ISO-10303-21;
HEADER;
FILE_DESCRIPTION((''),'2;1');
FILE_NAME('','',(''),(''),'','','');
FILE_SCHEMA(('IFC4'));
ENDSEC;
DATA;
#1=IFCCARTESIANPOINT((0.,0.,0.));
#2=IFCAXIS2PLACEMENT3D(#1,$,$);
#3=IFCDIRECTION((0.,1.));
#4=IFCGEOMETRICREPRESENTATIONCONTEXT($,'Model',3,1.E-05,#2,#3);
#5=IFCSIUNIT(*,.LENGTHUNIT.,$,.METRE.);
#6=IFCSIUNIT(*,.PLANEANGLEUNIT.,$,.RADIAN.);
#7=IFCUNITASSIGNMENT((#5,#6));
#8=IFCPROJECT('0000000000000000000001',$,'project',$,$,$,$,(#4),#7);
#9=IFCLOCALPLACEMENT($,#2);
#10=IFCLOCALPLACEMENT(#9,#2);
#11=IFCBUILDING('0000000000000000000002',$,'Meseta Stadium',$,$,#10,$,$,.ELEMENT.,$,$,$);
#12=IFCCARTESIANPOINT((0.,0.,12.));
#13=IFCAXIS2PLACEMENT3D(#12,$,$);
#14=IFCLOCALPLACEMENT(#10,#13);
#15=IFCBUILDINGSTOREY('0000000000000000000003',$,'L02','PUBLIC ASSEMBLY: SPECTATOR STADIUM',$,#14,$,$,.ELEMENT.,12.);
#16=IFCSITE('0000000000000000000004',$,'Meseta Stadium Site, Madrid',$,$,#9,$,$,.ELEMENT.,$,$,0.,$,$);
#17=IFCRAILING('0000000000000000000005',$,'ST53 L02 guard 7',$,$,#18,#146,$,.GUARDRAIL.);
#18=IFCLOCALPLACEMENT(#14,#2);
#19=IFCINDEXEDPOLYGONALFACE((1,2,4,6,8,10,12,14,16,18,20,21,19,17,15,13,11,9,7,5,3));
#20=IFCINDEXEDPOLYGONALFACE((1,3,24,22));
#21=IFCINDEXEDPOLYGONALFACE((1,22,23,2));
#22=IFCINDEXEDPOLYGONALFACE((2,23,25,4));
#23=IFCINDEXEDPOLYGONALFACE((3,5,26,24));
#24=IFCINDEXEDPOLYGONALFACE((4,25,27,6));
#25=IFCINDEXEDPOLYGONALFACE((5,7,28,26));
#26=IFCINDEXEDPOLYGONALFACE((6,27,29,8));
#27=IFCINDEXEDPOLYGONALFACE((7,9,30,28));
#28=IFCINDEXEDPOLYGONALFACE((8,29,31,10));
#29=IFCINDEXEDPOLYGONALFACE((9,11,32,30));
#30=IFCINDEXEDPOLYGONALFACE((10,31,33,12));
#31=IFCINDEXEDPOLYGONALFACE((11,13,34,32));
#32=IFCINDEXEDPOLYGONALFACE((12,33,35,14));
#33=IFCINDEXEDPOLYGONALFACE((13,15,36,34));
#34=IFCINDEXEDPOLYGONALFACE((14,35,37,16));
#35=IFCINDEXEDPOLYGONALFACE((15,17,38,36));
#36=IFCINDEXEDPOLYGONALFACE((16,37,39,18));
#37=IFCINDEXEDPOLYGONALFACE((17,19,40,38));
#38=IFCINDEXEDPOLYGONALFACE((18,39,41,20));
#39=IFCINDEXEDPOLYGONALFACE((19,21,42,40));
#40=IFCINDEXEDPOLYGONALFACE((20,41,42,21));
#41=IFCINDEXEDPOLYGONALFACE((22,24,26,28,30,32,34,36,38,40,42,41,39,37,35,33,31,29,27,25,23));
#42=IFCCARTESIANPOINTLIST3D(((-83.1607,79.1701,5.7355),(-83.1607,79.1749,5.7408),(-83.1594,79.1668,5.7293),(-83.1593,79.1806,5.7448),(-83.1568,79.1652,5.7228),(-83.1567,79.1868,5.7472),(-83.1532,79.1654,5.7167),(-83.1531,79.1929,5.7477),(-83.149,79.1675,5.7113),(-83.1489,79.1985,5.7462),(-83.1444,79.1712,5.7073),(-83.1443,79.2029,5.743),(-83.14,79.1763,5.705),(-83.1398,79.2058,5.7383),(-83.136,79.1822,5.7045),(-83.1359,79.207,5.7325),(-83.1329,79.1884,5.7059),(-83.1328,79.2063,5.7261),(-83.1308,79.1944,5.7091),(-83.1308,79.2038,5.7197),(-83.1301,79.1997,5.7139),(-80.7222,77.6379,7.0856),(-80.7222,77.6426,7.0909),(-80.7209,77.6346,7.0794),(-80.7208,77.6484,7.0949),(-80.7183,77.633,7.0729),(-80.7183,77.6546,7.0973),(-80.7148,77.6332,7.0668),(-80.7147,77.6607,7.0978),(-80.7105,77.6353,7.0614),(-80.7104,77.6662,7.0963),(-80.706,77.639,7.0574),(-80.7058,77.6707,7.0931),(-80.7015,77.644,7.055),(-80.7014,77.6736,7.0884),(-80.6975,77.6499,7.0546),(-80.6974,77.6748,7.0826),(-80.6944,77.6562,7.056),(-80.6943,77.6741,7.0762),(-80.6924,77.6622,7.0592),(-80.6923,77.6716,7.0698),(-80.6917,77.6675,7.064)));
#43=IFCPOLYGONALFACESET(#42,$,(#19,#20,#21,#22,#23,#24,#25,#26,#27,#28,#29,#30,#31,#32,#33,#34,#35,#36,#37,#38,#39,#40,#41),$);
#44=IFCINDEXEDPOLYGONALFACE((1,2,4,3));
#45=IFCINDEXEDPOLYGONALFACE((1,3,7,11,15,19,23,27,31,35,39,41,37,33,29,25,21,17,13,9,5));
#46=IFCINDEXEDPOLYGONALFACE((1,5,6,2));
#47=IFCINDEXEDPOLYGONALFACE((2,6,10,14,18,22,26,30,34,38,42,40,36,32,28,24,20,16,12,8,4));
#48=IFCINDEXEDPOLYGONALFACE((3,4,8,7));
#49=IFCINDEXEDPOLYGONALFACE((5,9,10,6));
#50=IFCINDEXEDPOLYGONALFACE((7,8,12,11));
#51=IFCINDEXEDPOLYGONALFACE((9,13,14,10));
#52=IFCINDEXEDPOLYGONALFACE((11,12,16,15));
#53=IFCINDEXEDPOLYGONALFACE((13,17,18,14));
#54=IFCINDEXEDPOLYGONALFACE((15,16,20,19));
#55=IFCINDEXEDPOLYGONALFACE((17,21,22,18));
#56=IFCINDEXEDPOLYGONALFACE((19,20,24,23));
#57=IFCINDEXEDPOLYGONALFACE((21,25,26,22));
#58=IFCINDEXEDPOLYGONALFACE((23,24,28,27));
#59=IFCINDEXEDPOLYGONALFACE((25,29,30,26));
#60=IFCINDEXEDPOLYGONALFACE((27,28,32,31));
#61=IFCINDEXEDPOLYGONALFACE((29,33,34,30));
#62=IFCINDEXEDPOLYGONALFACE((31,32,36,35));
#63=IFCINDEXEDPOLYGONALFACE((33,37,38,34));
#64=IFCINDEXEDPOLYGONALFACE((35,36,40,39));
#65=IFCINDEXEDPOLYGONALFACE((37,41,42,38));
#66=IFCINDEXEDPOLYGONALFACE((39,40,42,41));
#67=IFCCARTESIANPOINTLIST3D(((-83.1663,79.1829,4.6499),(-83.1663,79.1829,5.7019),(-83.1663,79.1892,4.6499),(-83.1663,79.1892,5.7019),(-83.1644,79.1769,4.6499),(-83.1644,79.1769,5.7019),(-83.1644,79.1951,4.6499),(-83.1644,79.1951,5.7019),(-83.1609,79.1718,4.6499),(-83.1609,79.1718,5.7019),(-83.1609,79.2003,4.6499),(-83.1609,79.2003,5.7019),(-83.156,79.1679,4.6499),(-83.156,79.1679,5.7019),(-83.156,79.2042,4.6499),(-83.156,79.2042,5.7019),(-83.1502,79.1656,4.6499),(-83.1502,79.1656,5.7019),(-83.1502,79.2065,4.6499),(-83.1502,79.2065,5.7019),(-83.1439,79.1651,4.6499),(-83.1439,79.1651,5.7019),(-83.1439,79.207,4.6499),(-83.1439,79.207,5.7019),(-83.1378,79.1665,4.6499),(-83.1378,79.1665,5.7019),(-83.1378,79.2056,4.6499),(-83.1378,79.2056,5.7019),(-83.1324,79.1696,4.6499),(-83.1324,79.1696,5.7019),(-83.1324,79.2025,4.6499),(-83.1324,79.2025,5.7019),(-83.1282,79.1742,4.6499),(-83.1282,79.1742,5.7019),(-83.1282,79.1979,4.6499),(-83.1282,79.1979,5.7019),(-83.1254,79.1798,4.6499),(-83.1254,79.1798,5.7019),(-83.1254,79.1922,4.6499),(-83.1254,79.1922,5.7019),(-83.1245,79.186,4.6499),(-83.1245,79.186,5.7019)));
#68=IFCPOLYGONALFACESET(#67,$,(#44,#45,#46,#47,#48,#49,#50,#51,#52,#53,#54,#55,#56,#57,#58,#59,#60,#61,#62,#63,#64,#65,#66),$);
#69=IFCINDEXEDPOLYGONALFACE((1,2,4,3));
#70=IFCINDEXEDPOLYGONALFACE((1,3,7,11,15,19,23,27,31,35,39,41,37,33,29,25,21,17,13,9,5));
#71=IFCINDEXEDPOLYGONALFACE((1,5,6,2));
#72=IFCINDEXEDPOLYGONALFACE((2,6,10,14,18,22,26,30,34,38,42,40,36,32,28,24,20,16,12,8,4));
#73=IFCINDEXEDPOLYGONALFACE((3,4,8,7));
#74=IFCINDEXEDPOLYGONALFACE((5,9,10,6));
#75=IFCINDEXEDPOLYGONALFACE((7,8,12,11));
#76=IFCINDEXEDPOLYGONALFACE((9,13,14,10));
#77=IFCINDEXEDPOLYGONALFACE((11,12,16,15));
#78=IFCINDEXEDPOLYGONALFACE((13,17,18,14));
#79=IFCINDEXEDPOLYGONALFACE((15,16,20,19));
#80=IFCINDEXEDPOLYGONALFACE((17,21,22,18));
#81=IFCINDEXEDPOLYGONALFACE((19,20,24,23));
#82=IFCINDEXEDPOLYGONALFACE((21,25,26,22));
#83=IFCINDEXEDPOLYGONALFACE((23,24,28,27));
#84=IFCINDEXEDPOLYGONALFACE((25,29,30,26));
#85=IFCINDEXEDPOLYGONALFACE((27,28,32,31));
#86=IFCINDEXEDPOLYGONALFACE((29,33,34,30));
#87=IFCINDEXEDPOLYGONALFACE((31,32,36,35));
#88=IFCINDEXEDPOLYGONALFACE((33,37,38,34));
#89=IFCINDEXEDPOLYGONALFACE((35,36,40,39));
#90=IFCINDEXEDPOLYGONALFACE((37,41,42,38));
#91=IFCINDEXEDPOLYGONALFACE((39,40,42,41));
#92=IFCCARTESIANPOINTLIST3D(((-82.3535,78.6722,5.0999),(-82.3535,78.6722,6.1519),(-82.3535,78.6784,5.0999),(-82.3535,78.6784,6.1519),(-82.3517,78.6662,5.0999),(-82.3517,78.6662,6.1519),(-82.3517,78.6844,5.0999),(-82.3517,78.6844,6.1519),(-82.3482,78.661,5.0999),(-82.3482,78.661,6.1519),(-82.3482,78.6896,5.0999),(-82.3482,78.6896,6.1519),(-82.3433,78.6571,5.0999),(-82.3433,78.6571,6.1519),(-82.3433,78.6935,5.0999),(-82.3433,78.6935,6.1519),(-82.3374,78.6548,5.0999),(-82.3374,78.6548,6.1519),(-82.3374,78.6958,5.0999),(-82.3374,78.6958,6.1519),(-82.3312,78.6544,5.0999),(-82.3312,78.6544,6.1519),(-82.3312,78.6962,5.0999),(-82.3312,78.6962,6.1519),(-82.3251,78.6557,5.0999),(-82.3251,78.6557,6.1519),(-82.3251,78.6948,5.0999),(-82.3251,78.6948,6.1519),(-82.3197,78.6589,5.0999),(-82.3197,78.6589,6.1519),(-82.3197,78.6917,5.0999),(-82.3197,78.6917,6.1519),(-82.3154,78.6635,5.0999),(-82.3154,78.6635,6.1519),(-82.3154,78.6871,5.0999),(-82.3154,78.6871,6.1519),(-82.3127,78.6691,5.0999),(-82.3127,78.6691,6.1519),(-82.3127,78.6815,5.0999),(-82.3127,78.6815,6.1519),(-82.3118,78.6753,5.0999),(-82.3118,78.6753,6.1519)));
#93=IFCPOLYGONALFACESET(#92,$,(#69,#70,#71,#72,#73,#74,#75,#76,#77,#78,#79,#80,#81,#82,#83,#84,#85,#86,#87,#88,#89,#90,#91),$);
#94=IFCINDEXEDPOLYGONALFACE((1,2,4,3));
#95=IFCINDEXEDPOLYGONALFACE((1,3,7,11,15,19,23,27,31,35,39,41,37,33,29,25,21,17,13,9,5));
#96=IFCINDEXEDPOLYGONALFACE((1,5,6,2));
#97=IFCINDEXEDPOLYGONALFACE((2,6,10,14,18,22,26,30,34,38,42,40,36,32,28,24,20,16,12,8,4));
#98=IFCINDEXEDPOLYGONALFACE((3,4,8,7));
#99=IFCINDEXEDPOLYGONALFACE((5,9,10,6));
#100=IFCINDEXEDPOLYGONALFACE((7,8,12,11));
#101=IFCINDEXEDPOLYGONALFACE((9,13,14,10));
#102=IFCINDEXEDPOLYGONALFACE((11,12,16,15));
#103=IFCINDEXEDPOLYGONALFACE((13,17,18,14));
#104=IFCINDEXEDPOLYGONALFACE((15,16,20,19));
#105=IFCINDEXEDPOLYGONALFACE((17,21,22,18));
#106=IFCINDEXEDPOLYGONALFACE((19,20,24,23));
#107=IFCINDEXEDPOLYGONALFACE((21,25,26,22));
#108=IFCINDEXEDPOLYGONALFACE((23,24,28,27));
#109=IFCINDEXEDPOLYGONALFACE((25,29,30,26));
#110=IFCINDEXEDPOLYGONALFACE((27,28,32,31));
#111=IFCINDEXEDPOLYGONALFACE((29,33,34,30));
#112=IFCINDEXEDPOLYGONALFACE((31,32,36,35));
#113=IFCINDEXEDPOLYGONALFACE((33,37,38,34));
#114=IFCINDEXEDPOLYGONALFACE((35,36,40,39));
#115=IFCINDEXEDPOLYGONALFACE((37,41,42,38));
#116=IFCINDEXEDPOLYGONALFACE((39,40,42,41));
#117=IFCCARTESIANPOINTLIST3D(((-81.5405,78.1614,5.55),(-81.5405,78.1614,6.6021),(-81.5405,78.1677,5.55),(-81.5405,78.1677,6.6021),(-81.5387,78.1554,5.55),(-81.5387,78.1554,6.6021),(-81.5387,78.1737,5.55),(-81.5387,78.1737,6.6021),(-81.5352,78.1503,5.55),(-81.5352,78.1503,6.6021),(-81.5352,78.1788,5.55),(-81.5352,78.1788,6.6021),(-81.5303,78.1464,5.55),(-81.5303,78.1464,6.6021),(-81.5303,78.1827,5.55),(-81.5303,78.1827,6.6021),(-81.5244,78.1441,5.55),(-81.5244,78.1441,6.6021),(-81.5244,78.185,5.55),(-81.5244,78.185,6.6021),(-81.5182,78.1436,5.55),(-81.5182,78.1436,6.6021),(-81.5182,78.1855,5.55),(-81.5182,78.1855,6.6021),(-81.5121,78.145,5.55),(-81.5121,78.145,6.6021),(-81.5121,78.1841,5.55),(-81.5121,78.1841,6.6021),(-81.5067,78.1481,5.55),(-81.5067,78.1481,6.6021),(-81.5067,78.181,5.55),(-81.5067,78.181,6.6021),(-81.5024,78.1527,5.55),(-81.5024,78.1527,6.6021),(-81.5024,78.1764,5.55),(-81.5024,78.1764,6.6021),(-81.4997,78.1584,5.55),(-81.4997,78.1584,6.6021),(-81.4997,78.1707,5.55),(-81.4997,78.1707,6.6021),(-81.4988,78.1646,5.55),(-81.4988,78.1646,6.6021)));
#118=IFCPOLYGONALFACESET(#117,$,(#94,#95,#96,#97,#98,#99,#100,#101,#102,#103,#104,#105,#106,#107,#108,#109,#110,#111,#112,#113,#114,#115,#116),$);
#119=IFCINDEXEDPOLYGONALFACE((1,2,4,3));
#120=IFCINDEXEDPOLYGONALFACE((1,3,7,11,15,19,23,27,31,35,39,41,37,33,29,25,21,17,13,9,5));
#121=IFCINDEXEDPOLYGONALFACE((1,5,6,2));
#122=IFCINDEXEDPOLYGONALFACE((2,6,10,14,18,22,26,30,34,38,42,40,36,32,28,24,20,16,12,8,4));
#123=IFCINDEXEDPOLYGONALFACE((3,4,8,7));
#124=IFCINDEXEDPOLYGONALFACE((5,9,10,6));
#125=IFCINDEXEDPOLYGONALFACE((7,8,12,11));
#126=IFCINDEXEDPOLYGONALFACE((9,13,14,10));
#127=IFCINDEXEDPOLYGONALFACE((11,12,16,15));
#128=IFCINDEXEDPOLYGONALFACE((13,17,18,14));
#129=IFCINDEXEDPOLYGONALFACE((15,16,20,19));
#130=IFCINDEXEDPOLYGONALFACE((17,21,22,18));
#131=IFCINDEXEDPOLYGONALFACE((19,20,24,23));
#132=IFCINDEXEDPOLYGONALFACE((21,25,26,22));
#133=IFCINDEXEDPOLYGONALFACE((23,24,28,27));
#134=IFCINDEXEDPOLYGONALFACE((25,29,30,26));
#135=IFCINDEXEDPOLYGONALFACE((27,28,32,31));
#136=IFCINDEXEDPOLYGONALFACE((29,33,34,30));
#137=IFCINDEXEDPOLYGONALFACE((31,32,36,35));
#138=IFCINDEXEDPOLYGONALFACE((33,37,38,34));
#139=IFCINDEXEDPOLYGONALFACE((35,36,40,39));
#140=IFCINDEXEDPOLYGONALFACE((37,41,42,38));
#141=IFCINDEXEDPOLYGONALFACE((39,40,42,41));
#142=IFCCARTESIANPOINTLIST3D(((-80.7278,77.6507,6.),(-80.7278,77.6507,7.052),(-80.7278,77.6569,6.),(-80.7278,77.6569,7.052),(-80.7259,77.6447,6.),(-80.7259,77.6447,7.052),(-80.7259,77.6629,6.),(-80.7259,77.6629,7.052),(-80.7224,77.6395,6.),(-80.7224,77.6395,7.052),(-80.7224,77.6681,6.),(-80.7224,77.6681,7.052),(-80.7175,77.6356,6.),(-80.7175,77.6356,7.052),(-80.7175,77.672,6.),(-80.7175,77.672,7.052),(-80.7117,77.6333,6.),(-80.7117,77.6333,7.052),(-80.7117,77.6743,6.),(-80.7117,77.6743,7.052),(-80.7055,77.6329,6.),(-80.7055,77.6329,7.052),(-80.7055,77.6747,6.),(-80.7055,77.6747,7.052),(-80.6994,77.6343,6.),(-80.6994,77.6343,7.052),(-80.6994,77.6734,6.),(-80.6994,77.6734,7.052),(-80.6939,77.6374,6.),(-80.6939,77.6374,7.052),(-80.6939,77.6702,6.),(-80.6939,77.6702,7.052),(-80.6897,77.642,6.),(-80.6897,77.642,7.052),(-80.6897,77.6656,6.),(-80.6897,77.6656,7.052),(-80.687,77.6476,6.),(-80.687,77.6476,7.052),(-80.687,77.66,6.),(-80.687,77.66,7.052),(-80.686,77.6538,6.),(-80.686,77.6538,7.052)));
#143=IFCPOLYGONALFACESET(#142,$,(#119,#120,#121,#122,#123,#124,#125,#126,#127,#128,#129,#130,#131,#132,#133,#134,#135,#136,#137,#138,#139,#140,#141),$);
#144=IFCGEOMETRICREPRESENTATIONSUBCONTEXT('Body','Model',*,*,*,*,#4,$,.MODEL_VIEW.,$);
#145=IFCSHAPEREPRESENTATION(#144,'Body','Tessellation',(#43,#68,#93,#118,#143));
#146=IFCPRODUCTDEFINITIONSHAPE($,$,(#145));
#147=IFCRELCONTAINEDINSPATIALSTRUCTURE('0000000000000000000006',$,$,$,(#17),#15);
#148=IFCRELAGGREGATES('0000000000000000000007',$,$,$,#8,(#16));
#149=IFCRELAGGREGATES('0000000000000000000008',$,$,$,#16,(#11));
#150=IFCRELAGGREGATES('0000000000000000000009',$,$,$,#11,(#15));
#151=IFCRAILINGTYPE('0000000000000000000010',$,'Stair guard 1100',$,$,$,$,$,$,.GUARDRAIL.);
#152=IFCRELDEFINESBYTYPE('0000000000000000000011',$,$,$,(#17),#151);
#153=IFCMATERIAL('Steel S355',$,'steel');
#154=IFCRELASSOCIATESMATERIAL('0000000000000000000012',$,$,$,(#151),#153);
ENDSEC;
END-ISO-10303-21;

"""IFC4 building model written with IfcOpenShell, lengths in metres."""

from ifc_helpers import new_model, si_unit, direction, frame, origin, origin_2d, place, context, subcontext, project, spatial, circle, extrude, material, type_object, element, save


model = new_model("IFC4")

# Units and contexts
model_context = context("Model", 3, precision=1e-05, world=origin(), true_north=direction((0.0, 1.0)))
body_context = subcontext(model_context, "Body", "Model", "MODEL_VIEW")
ifc_project = project(units=[si_unit("LENGTHUNIT", "METRE"), si_unit("PLANEANGLEUNIT", "RADIAN")], contexts=[model_context])

# Site, building, storey
site_placement = place(None, origin())
site = spatial("IfcSite", under=ifc_project, at=site_placement, Name="Meseta Stadium Site, Madrid", CompositionType="ELEMENT", RefElevation=0.0)
building_placement = place(site_placement, origin())
building = spatial("IfcBuilding", under=site, at=building_placement, Name="Meseta Stadium", CompositionType="ELEMENT")
storey_placement = place(building_placement, frame((0.0, 0.0, 12.0)))
storey = spatial("IfcBuildingStorey", under=building, at=storey_placement, Name="L02", Description="PUBLIC ASSEMBLY: SPECTATOR STADIUM", CompositionType="ELEMENT", Elevation=12.0)

# Railing
ifc_material_1 = material(Name="Steel S355", Category="steel")
railing_type_1 = type_object("IfcRailingType", Name="Stair guard 1100", PredefinedType="GUARDRAIL", material=ifc_material_1)
railing_1_placement = place(storey_placement, frame((-83.1455, 79.186, 4.6499)))
element("IfcRailing", 1, at=railing_1_placement, inside=storey, type_object=railing_type_1, Name="ST53 L02 guard 7", PredefinedType="GUARDRAIL", context=body_context, shape_type="SweptSolid", body=[
    extrude(circle(Radius=0.0239, at=origin_2d()), frame((0.0, 0.0, 1.0762), z_axis=(0.766655, -0.481731, 0.42447), x_axis=(0.53204, 0.846719, 0.0)), (0.0, 0.0, 1.0), 3.1807),
    extrude(circle(Radius=0.021, at=origin_2d()), origin(), (0.0, 0.0, 1.0), 1.052),
    extrude(circle(Radius=0.021, at=origin_2d()), frame((0.8127, -0.5107, 0.45)), (0.0, 0.0, 1.0), 1.052),
    extrude(circle(Radius=0.021, at=origin_2d()), frame((1.6257, -1.0215, 0.9001)), (0.0, 0.0, 1.0), 1.052),
    extrude(circle(Radius=0.021, at=origin_2d()), frame((2.4385, -1.5322, 1.3501)), (0.0, 0.0, 1.0), 1.052),
])

save(model, "model.ifc")
